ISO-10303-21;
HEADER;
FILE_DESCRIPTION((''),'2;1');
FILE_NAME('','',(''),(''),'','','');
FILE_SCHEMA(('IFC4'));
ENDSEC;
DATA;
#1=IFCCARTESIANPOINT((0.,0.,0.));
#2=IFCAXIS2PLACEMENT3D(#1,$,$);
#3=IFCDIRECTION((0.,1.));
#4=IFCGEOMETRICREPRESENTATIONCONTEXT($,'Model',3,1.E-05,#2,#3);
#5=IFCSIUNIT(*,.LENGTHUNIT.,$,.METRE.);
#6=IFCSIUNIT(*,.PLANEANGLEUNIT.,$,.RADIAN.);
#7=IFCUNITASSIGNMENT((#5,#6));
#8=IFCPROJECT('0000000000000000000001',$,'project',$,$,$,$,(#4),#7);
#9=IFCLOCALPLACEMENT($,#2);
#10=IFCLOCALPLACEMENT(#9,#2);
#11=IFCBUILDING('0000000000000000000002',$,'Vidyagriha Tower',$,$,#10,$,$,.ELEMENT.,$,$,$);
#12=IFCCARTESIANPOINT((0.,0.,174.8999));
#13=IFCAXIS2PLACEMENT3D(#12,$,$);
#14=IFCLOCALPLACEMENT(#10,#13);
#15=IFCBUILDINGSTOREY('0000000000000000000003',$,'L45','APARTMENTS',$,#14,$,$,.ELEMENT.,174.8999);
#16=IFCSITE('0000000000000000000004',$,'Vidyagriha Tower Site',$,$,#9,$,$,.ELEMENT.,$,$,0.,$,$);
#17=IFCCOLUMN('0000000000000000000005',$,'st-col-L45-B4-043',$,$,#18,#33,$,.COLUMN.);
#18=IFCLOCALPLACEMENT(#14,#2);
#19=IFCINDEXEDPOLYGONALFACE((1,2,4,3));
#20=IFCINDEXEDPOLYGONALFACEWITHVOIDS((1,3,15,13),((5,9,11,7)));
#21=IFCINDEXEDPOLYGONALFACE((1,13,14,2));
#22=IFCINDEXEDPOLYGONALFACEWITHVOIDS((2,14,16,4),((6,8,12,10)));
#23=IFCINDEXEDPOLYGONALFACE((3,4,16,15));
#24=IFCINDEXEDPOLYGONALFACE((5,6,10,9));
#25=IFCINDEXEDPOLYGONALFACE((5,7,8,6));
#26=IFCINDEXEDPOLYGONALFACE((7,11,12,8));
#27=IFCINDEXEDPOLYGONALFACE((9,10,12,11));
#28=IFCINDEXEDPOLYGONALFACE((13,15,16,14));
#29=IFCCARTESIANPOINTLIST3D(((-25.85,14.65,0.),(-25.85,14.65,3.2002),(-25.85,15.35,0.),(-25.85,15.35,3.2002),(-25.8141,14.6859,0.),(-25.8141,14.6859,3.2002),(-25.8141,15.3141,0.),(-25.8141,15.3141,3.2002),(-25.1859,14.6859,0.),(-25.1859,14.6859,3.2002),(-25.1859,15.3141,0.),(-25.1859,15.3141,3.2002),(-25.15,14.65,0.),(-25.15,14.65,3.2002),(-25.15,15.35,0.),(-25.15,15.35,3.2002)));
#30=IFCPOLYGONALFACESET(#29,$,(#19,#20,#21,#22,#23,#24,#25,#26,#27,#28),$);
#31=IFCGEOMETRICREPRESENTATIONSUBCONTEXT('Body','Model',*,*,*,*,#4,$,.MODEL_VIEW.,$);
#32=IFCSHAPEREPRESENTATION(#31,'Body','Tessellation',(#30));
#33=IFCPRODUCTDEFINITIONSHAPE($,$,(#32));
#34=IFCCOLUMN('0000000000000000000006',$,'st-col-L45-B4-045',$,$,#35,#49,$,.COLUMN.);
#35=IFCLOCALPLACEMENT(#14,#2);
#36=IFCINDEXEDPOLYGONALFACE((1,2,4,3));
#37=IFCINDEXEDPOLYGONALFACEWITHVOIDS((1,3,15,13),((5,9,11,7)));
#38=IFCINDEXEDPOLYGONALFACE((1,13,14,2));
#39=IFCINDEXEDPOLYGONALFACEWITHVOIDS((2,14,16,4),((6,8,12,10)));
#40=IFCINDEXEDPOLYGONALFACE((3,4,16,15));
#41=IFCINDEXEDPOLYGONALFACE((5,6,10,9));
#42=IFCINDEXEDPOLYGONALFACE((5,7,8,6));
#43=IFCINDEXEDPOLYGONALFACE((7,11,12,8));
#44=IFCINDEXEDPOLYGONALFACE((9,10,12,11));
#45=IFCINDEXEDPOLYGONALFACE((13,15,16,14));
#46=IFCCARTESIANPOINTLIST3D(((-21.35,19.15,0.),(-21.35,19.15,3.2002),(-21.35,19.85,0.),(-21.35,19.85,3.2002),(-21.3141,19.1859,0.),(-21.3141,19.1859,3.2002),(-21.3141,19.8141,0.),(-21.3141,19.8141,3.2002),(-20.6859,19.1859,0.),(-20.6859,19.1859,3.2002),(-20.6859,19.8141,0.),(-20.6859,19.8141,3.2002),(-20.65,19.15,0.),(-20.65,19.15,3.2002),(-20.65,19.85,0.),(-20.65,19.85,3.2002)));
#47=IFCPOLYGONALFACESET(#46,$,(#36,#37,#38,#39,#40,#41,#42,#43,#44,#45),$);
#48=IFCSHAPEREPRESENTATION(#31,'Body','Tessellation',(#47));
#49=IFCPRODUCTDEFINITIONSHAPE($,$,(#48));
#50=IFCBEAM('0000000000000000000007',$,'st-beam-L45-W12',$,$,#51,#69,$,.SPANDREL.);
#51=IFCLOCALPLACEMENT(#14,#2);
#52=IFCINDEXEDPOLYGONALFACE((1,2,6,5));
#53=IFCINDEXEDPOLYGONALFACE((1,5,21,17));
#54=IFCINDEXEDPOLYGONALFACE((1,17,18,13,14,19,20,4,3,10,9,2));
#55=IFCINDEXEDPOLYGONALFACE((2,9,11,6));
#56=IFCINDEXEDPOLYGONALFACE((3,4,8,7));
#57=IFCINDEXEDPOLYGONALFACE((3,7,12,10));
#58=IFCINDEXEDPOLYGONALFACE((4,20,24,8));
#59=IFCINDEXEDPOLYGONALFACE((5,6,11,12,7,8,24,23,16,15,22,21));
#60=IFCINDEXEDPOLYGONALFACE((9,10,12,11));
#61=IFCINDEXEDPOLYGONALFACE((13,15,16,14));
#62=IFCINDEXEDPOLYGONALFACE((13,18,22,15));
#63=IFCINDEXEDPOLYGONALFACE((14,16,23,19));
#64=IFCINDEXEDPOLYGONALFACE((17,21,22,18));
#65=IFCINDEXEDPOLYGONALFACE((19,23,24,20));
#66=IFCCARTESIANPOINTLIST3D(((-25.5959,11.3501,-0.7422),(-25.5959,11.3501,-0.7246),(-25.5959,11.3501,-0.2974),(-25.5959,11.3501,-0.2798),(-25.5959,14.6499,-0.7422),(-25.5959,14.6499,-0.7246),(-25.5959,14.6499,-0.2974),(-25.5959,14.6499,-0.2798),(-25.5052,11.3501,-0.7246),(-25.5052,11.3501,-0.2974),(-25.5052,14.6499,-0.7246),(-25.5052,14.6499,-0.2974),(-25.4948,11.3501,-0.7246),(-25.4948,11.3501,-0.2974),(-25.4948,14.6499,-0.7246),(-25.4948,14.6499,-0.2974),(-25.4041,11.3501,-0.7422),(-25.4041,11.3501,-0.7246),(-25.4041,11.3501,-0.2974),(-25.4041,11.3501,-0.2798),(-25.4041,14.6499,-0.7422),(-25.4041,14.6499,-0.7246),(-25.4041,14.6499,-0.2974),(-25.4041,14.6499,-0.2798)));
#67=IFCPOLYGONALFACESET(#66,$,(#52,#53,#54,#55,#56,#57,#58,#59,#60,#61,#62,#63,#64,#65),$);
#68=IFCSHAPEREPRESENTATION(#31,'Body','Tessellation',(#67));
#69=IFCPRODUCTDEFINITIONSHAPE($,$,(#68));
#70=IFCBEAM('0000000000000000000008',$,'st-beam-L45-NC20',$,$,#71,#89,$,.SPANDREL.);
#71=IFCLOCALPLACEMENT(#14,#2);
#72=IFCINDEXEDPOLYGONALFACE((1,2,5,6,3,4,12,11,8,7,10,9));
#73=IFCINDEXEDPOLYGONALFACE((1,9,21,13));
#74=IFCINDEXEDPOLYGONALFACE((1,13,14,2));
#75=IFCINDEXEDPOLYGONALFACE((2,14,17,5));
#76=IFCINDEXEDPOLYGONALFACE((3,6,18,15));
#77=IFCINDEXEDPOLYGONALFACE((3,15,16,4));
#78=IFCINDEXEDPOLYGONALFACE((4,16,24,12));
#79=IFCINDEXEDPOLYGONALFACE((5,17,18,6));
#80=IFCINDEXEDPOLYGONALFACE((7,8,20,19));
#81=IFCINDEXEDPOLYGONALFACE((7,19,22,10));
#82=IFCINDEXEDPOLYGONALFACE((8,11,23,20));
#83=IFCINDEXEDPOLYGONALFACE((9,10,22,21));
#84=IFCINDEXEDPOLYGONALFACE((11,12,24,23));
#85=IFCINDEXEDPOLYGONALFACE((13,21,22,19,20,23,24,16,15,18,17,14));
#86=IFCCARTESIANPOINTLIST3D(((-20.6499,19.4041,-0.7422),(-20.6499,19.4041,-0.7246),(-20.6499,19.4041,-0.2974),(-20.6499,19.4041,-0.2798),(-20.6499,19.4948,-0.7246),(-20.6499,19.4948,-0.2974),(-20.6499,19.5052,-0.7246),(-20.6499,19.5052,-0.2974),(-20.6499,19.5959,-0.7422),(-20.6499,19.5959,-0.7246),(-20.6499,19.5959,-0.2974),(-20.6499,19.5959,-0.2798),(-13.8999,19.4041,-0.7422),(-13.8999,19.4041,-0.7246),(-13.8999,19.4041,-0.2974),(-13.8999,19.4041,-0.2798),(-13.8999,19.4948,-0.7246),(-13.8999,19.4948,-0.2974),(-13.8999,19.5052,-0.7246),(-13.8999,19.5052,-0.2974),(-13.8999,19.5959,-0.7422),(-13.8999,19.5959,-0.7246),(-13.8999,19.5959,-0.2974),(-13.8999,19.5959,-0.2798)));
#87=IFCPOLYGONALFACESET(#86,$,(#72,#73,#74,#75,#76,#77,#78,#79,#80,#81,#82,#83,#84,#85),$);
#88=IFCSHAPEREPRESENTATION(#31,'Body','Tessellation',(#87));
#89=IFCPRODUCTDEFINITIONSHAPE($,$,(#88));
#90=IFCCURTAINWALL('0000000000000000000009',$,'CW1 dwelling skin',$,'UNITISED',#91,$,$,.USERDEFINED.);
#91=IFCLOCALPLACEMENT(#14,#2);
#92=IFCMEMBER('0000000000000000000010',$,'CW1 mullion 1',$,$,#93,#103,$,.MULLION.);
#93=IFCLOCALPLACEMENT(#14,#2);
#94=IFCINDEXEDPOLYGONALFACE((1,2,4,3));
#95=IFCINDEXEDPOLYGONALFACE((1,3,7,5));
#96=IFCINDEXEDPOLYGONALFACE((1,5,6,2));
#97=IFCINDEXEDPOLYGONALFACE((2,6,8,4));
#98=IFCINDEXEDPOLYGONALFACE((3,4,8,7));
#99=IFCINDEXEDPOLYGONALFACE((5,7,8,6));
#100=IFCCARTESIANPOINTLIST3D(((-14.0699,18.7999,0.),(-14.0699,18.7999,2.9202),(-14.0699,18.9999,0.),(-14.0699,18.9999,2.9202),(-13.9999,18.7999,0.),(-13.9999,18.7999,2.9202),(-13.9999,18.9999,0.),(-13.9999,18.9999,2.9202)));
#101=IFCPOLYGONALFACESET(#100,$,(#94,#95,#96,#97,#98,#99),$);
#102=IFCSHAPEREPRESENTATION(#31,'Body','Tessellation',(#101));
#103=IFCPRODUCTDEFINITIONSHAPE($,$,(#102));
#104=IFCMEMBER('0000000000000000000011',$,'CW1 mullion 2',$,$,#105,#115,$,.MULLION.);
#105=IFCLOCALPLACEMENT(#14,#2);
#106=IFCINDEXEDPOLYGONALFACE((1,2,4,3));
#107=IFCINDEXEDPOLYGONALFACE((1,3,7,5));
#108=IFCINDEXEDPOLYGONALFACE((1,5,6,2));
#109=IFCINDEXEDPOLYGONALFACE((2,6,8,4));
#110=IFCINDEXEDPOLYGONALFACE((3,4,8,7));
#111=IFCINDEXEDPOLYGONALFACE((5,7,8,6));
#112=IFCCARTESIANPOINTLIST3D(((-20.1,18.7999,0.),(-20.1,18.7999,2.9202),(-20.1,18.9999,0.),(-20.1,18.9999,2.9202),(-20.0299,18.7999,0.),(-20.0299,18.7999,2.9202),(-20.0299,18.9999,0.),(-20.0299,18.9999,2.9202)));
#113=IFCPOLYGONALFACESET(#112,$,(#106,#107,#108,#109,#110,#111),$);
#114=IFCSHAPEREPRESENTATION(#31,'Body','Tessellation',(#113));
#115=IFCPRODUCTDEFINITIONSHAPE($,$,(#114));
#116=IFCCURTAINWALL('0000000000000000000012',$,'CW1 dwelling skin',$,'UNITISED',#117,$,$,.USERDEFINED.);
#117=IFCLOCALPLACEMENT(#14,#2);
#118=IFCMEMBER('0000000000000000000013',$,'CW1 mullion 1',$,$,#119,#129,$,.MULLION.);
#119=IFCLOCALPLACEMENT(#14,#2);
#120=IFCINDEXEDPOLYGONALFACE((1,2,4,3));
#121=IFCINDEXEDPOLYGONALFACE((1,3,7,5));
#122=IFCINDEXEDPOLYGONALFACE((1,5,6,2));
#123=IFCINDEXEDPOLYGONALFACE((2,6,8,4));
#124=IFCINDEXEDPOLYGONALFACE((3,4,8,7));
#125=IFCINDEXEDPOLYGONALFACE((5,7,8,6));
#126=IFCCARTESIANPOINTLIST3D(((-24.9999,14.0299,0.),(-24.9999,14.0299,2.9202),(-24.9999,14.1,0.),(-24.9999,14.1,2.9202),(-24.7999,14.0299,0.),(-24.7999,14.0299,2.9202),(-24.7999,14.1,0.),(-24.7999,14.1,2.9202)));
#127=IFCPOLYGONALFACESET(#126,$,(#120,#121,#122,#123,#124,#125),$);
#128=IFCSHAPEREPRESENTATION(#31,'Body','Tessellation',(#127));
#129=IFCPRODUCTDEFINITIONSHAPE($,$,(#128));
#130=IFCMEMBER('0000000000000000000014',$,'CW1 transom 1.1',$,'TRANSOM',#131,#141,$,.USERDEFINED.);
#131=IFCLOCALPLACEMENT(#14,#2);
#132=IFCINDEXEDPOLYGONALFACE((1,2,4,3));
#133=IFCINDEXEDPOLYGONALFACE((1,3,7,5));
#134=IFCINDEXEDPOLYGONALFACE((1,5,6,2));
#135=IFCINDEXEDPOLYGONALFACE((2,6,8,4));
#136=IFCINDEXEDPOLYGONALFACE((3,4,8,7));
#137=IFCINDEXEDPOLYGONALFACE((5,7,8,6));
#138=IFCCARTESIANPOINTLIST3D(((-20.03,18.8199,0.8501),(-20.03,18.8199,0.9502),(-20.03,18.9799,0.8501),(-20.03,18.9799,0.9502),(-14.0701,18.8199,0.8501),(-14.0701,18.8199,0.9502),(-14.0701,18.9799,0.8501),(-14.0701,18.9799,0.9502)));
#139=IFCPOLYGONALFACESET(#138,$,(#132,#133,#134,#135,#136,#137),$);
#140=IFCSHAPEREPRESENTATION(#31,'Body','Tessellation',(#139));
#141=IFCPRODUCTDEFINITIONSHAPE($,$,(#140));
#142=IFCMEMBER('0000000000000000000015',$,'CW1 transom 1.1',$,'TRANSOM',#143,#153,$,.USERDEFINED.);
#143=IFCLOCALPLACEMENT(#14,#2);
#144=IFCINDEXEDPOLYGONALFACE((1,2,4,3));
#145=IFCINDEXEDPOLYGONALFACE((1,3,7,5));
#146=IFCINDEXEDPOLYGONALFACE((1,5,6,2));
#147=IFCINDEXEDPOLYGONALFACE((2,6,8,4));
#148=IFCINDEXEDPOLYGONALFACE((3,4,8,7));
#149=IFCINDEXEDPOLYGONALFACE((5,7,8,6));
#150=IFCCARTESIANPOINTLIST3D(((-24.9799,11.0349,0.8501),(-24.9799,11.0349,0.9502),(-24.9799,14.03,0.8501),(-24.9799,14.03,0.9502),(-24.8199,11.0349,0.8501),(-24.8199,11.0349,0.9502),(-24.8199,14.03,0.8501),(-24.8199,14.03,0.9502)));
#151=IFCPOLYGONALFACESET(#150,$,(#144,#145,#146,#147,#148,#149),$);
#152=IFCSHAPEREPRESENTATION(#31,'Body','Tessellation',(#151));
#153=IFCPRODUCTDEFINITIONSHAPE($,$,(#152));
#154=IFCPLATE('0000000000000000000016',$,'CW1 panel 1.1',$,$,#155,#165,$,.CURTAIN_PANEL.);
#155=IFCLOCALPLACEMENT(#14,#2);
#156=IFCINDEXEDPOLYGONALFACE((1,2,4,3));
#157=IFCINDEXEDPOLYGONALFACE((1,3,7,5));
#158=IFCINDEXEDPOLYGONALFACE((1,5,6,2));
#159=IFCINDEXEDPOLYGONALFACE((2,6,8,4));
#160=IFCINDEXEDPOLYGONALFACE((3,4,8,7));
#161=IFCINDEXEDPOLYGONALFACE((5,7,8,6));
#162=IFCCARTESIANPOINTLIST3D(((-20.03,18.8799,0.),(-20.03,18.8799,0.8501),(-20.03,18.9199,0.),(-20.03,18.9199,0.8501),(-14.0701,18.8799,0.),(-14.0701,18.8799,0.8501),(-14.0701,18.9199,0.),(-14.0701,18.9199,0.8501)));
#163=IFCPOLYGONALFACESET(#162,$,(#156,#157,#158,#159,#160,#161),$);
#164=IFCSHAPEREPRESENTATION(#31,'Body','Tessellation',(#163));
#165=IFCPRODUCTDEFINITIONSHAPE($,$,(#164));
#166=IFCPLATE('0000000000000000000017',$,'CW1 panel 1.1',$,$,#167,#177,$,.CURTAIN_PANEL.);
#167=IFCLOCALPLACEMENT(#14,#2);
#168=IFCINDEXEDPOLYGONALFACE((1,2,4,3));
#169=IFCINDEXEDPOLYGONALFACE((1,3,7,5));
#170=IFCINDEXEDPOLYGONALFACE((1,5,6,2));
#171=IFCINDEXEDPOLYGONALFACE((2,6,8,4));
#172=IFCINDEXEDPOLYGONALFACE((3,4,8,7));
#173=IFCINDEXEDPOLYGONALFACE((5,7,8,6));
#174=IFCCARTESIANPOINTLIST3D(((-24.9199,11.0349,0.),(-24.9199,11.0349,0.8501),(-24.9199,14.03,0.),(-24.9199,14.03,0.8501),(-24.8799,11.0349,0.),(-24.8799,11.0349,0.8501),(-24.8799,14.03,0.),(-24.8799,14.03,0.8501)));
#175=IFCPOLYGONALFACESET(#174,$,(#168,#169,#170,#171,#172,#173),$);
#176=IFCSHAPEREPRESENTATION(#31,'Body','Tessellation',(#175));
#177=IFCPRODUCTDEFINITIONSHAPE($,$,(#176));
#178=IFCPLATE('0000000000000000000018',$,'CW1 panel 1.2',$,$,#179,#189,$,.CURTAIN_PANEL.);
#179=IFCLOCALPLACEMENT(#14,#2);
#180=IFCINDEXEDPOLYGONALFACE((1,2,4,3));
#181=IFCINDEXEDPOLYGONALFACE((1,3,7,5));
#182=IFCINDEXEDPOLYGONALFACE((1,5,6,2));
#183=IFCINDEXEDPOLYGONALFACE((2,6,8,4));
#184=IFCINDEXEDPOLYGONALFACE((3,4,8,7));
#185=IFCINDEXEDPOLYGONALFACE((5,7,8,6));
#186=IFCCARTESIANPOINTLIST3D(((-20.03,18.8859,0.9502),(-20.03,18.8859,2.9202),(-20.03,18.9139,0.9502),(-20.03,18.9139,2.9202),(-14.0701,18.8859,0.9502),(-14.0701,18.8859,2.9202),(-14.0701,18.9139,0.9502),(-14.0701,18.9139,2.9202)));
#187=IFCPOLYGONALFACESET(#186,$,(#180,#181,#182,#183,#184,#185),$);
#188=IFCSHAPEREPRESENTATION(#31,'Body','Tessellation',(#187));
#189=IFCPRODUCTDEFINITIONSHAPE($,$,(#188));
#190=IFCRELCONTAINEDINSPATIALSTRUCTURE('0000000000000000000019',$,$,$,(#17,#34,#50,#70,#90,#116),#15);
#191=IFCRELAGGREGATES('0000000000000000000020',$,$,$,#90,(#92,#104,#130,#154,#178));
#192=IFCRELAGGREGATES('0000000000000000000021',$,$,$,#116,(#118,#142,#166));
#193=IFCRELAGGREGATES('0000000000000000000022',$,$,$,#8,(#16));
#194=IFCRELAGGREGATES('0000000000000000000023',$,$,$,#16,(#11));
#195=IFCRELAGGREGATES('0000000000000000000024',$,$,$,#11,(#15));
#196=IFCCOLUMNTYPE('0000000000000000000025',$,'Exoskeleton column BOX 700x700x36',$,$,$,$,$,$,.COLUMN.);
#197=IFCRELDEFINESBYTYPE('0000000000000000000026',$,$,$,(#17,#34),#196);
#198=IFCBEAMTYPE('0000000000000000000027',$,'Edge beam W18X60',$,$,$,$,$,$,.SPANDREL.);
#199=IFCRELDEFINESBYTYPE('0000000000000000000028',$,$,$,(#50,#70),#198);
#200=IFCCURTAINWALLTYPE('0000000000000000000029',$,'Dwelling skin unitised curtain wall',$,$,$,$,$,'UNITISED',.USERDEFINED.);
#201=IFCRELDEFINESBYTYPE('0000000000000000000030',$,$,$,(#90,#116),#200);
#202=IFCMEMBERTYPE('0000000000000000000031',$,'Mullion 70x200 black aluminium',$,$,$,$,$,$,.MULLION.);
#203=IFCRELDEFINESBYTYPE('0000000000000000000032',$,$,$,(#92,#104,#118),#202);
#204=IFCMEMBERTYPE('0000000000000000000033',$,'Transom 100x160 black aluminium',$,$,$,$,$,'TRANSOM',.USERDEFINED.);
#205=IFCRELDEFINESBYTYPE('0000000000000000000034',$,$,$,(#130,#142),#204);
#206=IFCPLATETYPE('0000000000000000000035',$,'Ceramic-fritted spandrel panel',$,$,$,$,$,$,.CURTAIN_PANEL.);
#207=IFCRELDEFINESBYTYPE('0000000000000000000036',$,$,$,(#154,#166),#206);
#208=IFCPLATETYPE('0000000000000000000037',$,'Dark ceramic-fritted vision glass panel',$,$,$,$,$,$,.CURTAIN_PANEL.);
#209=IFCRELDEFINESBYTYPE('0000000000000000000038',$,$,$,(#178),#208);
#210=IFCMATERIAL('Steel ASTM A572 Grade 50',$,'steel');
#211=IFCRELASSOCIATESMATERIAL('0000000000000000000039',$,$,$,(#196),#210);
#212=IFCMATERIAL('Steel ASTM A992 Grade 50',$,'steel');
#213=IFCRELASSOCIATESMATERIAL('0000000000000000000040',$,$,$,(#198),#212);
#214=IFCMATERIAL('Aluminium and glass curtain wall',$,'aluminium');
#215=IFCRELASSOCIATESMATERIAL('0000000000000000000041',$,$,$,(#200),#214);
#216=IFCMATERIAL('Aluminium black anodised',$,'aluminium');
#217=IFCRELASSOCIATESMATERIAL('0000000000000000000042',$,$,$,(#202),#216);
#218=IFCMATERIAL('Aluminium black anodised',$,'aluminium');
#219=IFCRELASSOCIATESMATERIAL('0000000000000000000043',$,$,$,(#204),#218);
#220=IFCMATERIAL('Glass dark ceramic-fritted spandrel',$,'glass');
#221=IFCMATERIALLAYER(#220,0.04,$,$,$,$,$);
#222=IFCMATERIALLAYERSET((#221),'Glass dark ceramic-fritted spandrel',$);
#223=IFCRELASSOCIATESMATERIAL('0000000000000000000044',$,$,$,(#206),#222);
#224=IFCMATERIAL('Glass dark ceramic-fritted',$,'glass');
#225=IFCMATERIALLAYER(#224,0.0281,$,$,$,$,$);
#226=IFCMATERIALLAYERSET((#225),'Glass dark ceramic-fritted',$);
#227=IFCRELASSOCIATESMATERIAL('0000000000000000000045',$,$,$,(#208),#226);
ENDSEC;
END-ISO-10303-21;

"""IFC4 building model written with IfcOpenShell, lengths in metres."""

from ifc_helpers import new_model, si_unit, direction, frame, origin, origin_2d, place, context, subcontext, project, spatial, rectangle, hollow_rectangle, i_section, extrude, material, layer, layer_set, material_profile, profile_set, type_object, element, aggregate, save


model = new_model("IFC4")

# Units and contexts
model_context = context("Model", 3, precision=1e-05, world=origin(), true_north=direction((0.0, 1.0)))
body_context = subcontext(model_context, "Body", "Model", "MODEL_VIEW")
ifc_project = project(units=[si_unit("LENGTHUNIT", "METRE"), si_unit("PLANEANGLEUNIT", "RADIAN")], contexts=[model_context])

# Site, building, storey
site_placement = place(None, origin())
site = spatial("IfcSite", under=ifc_project, at=site_placement, Name="Vidyagriha Tower Site", CompositionType="ELEMENT", RefElevation=0.0)
building_placement = place(site_placement, origin())
building = spatial("IfcBuilding", under=site, at=building_placement, Name="Vidyagriha Tower", CompositionType="ELEMENT")
storey_placement = place(building_placement, frame((0.0, 0.0, 174.8999)))
storey = spatial("IfcBuildingStorey", under=building, at=storey_placement, Name="L45", Description="APARTMENTS", CompositionType="ELEMENT", Elevation=174.8999)

# Columns
ifc_material_1 = material(Name="Steel ASTM A572 Grade 50", Category="steel")
ifc_material_profile_1 = material_profile(ifc_material_1, hollow_rectangle(XDim=0.7, YDim=0.7, WallThickness=0.0359, at=origin_2d()), Name="BOX 700x700x36")
ifc_profile_set_1 = profile_set([ifc_material_profile_1], Name="Steel ASTM A572 Grade 50")
column_type = type_object("IfcColumnType", Name="Exoskeleton column BOX 700x700x36", PredefinedType="COLUMN", material=ifc_profile_set_1)
for number, where, name in (
    (1, (-25.5, 15.0, 0.0), "st-col-L45-B4-043"),
    (2, (-21.0, 19.5, 0.0), "st-col-L45-B4-045"),
):
    element("IfcColumn", number, at=place(storey_placement, frame(where)), inside=storey, type_object=column_type, Name=name, PredefinedType="COLUMN", context=body_context, shape_type="SweptSolid", body=[
        extrude(hollow_rectangle(XDim=0.7, YDim=0.7, WallThickness=0.0359, at=origin_2d()), origin(), (0.0, 0.0, 1.0), 3.2002),
    ])

# Beams
ifc_material_2 = material(Name="Steel ASTM A992 Grade 50", Category="steel")
ifc_material_profile_2 = material_profile(ifc_material_2, i_section(OverallWidth=0.1919, OverallDepth=0.4624, WebThickness=0.0105, FlangeThickness=0.0176, at=origin_2d()), Name="W18X60")
ifc_profile_set_2 = profile_set([ifc_material_profile_2], Name="Steel ASTM A992 Grade 50")
beam_type = type_object("IfcBeamType", Name="Edge beam W18X60", PredefinedType="SPANDREL", material=ifc_profile_set_2)
beam_1_placement = place(storey_placement, frame((-25.5, 11.3501, -0.511), z_axis=(0.0, 1.0, 0.0), x_axis=(-1.0, 0.0, 0.0)))
element("IfcBeam", 3, at=beam_1_placement, inside=storey, type_object=beam_type, Name="st-beam-L45-W12", PredefinedType="SPANDREL", context=body_context, shape_type="SweptSolid", body=[
    extrude(i_section(OverallWidth=0.1919, OverallDepth=0.4624, WebThickness=0.0105, FlangeThickness=0.0176, at=origin_2d()), origin(), (0.0, 0.0, 1.0), 3.2998),
])
beam_2_placement = place(storey_placement, frame((-20.6499, 19.5, -0.511), z_axis=(1.0, 0.0, 0.0), x_axis=(0.0, 1.0, 0.0)))
element("IfcBeam", 4, at=beam_2_placement, inside=storey, type_object=beam_type, Name="st-beam-L45-NC20", PredefinedType="SPANDREL", context=body_context, shape_type="SweptSolid", body=[
    extrude(i_section(OverallWidth=0.1919, OverallDepth=0.4624, WebThickness=0.0105, FlangeThickness=0.0176, at=origin_2d()), origin(), (0.0, 0.0, 1.0), 6.75),
])

# Curtain wall, members
ifc_material_3 = material(Name="Aluminium and glass curtain wall", Category="aluminium")
curtain_wall_type = type_object("IfcCurtainWallType", Name="Dwelling skin unitised curtain wall", ElementType="UNITISED", PredefinedType="USERDEFINED", material=ifc_material_3)
curtain_wall_1_placement = place(storey_placement, origin())
curtain_wall_1 = element("IfcCurtainWall", 5, at=curtain_wall_1_placement, inside=storey, type_object=curtain_wall_type, Name="CW1 dwelling skin", ObjectType="UNITISED", PredefinedType="USERDEFINED")
ifc_material_4 = material(Name="Aluminium black anodised", Category="aluminium")
ifc_material_profile_3 = material_profile(ifc_material_4, rectangle(XDim=0.2, YDim=0.0701, at=origin_2d()), Name="Mullion 70x200 black aluminium")
ifc_profile_set_3 = profile_set([ifc_material_profile_3], Name="Aluminium black anodised")
member_type_1 = type_object("IfcMemberType", Name="Mullion 70x200 black aluminium", PredefinedType="MULLION", material=ifc_profile_set_3)
member_1_placement = place(storey_placement, frame((-14.0349, 18.8999, 0.0), z_axis=(0.0, 0.0, 1.0), x_axis=(0.0, -1.0, 0.0)))
member_1 = element("IfcMember", 6, at=member_1_placement, type_object=member_type_1, Name="CW1 mullion 1", PredefinedType="MULLION", context=body_context, shape_type="SweptSolid", body=[
    extrude(rectangle(XDim=0.2, YDim=0.0701, at=origin_2d()), origin(), (0.0, 0.0, 1.0), 2.9202),
])
member_2_placement = place(storey_placement, frame((-20.0649, 18.8999, 0.0), z_axis=(0.0, 0.0, 1.0), x_axis=(0.0, -1.0, 0.0)))
member_2 = element("IfcMember", 7, at=member_2_placement, type_object=member_type_1, Name="CW1 mullion 2", PredefinedType="MULLION", context=body_context, shape_type="SweptSolid", body=[
    extrude(rectangle(XDim=0.2, YDim=0.0701, at=origin_2d()), origin(), (0.0, 0.0, 1.0), 2.9202),
])

# Curtain wall, member
curtain_wall_2_placement = place(storey_placement, origin())
curtain_wall_2 = element("IfcCurtainWall", 8, at=curtain_wall_2_placement, inside=storey, type_object=curtain_wall_type, Name="CW1 dwelling skin", ObjectType="UNITISED", PredefinedType="USERDEFINED")
member_3_placement = place(storey_placement, frame((-24.8999, 14.0649, 0.0)))
member_3 = element("IfcMember", 9, at=member_3_placement, type_object=member_type_1, Name="CW1 mullion 1", PredefinedType="MULLION", context=body_context, shape_type="SweptSolid", body=[
    extrude(rectangle(XDim=0.2, YDim=0.0701, at=origin_2d()), origin(), (0.0, 0.0, 1.0), 2.9202),
])

# Members
ifc_material_5 = material(Name="Aluminium black anodised", Category="aluminium")
ifc_material_profile_4 = material_profile(ifc_material_5, rectangle(XDim=0.1599, YDim=0.1001, at=origin_2d()), Name="Transom 100x160 black aluminium")
ifc_profile_set_4 = profile_set([ifc_material_profile_4], Name="Aluminium black anodised")
member_type_2 = type_object("IfcMemberType", Name="Transom 100x160 black aluminium", ElementType="TRANSOM", PredefinedType="USERDEFINED", material=ifc_profile_set_4)
member_4_placement = place(storey_placement, frame((-14.0701, 18.8999, 0.9001), z_axis=(-1.0, 0.0, 0.0), x_axis=(0.0, -1.0, 0.0)))
member_4 = element("IfcMember", 10, at=member_4_placement, type_object=member_type_2, Name="CW1 transom 1.1", ObjectType="TRANSOM", PredefinedType="USERDEFINED", context=body_context, shape_type="SweptSolid", body=[
    extrude(rectangle(XDim=0.1599, YDim=0.1001, at=origin_2d()), origin(), (0.0, 0.0, 1.0), 5.96),
])
member_5_placement = place(storey_placement, frame((-24.8999, 14.03, 0.9001), z_axis=(0.0, -1.0, 0.0), x_axis=(1.0, 0.0, 0.0)))
member_5 = element("IfcMember", 11, at=member_5_placement, type_object=member_type_2, Name="CW1 transom 1.1", ObjectType="TRANSOM", PredefinedType="USERDEFINED", context=body_context, shape_type="SweptSolid", body=[
    extrude(rectangle(XDim=0.1599, YDim=0.1001, at=origin_2d()), origin(), (0.0, 0.0, 1.0), 2.9951),
])

# Plates
ifc_material_6 = material(Name="Glass dark ceramic-fritted spandrel", Category="glass")
ifc_layer_1 = layer(ifc_material_6, 0.04)
ifc_layer_set_1 = layer_set([ifc_layer_1], Name="Glass dark ceramic-fritted spandrel")
plate_type_1 = type_object("IfcPlateType", Name="Ceramic-fritted spandrel panel", PredefinedType="CURTAIN_PANEL", material=ifc_layer_set_1)
plate_1_placement = place(storey_placement, frame((-17.05, 18.8999, 0.0), z_axis=(0.0, 0.0, 1.0), x_axis=(-1.0, 0.0, 0.0)))
plate_1 = element("IfcPlate", 12, at=plate_1_placement, type_object=plate_type_1, Name="CW1 panel 1.1", PredefinedType="CURTAIN_PANEL", context=body_context, shape_type="SweptSolid", body=[
    extrude(rectangle(XDim=5.96, YDim=0.04, at=origin_2d()), origin(), (0.0, 0.0, 1.0), 0.8501),
])
plate_2_placement = place(storey_placement, frame((-24.8999, 12.5325, 0.0), z_axis=(0.0, 0.0, 1.0), x_axis=(0.0, -1.0, 0.0)))
plate_2 = element("IfcPlate", 13, at=plate_2_placement, type_object=plate_type_1, Name="CW1 panel 1.1", PredefinedType="CURTAIN_PANEL", context=body_context, shape_type="SweptSolid", body=[
    extrude(rectangle(XDim=2.9951, YDim=0.04, at=origin_2d()), origin(), (0.0, 0.0, 1.0), 0.8501),
])
ifc_material_7 = material(Name="Glass dark ceramic-fritted", Category="glass")
ifc_layer_2 = layer(ifc_material_7, 0.0281)
ifc_layer_set_2 = layer_set([ifc_layer_2], Name="Glass dark ceramic-fritted")
plate_type_2 = type_object("IfcPlateType", Name="Dark ceramic-fritted vision glass panel", PredefinedType="CURTAIN_PANEL", material=ifc_layer_set_2)
plate_3_placement = place(storey_placement, frame((-17.05, 18.8999, 0.9502), z_axis=(0.0, 0.0, 1.0), x_axis=(-1.0, 0.0, 0.0)))
plate_3 = element("IfcPlate", 14, at=plate_3_placement, type_object=plate_type_2, Name="CW1 panel 1.2", PredefinedType="CURTAIN_PANEL", context=body_context, shape_type="SweptSolid", body=[
    extrude(rectangle(XDim=5.96, YDim=0.0281, at=origin_2d()), origin(), (0.0, 0.0, 1.0), 1.97),
])
aggregate(curtain_wall_1, [member_1, member_2, member_4, plate_1, plate_3])
aggregate(curtain_wall_2, [member_3, member_5, plate_2])

save(model, "model.ifc")
